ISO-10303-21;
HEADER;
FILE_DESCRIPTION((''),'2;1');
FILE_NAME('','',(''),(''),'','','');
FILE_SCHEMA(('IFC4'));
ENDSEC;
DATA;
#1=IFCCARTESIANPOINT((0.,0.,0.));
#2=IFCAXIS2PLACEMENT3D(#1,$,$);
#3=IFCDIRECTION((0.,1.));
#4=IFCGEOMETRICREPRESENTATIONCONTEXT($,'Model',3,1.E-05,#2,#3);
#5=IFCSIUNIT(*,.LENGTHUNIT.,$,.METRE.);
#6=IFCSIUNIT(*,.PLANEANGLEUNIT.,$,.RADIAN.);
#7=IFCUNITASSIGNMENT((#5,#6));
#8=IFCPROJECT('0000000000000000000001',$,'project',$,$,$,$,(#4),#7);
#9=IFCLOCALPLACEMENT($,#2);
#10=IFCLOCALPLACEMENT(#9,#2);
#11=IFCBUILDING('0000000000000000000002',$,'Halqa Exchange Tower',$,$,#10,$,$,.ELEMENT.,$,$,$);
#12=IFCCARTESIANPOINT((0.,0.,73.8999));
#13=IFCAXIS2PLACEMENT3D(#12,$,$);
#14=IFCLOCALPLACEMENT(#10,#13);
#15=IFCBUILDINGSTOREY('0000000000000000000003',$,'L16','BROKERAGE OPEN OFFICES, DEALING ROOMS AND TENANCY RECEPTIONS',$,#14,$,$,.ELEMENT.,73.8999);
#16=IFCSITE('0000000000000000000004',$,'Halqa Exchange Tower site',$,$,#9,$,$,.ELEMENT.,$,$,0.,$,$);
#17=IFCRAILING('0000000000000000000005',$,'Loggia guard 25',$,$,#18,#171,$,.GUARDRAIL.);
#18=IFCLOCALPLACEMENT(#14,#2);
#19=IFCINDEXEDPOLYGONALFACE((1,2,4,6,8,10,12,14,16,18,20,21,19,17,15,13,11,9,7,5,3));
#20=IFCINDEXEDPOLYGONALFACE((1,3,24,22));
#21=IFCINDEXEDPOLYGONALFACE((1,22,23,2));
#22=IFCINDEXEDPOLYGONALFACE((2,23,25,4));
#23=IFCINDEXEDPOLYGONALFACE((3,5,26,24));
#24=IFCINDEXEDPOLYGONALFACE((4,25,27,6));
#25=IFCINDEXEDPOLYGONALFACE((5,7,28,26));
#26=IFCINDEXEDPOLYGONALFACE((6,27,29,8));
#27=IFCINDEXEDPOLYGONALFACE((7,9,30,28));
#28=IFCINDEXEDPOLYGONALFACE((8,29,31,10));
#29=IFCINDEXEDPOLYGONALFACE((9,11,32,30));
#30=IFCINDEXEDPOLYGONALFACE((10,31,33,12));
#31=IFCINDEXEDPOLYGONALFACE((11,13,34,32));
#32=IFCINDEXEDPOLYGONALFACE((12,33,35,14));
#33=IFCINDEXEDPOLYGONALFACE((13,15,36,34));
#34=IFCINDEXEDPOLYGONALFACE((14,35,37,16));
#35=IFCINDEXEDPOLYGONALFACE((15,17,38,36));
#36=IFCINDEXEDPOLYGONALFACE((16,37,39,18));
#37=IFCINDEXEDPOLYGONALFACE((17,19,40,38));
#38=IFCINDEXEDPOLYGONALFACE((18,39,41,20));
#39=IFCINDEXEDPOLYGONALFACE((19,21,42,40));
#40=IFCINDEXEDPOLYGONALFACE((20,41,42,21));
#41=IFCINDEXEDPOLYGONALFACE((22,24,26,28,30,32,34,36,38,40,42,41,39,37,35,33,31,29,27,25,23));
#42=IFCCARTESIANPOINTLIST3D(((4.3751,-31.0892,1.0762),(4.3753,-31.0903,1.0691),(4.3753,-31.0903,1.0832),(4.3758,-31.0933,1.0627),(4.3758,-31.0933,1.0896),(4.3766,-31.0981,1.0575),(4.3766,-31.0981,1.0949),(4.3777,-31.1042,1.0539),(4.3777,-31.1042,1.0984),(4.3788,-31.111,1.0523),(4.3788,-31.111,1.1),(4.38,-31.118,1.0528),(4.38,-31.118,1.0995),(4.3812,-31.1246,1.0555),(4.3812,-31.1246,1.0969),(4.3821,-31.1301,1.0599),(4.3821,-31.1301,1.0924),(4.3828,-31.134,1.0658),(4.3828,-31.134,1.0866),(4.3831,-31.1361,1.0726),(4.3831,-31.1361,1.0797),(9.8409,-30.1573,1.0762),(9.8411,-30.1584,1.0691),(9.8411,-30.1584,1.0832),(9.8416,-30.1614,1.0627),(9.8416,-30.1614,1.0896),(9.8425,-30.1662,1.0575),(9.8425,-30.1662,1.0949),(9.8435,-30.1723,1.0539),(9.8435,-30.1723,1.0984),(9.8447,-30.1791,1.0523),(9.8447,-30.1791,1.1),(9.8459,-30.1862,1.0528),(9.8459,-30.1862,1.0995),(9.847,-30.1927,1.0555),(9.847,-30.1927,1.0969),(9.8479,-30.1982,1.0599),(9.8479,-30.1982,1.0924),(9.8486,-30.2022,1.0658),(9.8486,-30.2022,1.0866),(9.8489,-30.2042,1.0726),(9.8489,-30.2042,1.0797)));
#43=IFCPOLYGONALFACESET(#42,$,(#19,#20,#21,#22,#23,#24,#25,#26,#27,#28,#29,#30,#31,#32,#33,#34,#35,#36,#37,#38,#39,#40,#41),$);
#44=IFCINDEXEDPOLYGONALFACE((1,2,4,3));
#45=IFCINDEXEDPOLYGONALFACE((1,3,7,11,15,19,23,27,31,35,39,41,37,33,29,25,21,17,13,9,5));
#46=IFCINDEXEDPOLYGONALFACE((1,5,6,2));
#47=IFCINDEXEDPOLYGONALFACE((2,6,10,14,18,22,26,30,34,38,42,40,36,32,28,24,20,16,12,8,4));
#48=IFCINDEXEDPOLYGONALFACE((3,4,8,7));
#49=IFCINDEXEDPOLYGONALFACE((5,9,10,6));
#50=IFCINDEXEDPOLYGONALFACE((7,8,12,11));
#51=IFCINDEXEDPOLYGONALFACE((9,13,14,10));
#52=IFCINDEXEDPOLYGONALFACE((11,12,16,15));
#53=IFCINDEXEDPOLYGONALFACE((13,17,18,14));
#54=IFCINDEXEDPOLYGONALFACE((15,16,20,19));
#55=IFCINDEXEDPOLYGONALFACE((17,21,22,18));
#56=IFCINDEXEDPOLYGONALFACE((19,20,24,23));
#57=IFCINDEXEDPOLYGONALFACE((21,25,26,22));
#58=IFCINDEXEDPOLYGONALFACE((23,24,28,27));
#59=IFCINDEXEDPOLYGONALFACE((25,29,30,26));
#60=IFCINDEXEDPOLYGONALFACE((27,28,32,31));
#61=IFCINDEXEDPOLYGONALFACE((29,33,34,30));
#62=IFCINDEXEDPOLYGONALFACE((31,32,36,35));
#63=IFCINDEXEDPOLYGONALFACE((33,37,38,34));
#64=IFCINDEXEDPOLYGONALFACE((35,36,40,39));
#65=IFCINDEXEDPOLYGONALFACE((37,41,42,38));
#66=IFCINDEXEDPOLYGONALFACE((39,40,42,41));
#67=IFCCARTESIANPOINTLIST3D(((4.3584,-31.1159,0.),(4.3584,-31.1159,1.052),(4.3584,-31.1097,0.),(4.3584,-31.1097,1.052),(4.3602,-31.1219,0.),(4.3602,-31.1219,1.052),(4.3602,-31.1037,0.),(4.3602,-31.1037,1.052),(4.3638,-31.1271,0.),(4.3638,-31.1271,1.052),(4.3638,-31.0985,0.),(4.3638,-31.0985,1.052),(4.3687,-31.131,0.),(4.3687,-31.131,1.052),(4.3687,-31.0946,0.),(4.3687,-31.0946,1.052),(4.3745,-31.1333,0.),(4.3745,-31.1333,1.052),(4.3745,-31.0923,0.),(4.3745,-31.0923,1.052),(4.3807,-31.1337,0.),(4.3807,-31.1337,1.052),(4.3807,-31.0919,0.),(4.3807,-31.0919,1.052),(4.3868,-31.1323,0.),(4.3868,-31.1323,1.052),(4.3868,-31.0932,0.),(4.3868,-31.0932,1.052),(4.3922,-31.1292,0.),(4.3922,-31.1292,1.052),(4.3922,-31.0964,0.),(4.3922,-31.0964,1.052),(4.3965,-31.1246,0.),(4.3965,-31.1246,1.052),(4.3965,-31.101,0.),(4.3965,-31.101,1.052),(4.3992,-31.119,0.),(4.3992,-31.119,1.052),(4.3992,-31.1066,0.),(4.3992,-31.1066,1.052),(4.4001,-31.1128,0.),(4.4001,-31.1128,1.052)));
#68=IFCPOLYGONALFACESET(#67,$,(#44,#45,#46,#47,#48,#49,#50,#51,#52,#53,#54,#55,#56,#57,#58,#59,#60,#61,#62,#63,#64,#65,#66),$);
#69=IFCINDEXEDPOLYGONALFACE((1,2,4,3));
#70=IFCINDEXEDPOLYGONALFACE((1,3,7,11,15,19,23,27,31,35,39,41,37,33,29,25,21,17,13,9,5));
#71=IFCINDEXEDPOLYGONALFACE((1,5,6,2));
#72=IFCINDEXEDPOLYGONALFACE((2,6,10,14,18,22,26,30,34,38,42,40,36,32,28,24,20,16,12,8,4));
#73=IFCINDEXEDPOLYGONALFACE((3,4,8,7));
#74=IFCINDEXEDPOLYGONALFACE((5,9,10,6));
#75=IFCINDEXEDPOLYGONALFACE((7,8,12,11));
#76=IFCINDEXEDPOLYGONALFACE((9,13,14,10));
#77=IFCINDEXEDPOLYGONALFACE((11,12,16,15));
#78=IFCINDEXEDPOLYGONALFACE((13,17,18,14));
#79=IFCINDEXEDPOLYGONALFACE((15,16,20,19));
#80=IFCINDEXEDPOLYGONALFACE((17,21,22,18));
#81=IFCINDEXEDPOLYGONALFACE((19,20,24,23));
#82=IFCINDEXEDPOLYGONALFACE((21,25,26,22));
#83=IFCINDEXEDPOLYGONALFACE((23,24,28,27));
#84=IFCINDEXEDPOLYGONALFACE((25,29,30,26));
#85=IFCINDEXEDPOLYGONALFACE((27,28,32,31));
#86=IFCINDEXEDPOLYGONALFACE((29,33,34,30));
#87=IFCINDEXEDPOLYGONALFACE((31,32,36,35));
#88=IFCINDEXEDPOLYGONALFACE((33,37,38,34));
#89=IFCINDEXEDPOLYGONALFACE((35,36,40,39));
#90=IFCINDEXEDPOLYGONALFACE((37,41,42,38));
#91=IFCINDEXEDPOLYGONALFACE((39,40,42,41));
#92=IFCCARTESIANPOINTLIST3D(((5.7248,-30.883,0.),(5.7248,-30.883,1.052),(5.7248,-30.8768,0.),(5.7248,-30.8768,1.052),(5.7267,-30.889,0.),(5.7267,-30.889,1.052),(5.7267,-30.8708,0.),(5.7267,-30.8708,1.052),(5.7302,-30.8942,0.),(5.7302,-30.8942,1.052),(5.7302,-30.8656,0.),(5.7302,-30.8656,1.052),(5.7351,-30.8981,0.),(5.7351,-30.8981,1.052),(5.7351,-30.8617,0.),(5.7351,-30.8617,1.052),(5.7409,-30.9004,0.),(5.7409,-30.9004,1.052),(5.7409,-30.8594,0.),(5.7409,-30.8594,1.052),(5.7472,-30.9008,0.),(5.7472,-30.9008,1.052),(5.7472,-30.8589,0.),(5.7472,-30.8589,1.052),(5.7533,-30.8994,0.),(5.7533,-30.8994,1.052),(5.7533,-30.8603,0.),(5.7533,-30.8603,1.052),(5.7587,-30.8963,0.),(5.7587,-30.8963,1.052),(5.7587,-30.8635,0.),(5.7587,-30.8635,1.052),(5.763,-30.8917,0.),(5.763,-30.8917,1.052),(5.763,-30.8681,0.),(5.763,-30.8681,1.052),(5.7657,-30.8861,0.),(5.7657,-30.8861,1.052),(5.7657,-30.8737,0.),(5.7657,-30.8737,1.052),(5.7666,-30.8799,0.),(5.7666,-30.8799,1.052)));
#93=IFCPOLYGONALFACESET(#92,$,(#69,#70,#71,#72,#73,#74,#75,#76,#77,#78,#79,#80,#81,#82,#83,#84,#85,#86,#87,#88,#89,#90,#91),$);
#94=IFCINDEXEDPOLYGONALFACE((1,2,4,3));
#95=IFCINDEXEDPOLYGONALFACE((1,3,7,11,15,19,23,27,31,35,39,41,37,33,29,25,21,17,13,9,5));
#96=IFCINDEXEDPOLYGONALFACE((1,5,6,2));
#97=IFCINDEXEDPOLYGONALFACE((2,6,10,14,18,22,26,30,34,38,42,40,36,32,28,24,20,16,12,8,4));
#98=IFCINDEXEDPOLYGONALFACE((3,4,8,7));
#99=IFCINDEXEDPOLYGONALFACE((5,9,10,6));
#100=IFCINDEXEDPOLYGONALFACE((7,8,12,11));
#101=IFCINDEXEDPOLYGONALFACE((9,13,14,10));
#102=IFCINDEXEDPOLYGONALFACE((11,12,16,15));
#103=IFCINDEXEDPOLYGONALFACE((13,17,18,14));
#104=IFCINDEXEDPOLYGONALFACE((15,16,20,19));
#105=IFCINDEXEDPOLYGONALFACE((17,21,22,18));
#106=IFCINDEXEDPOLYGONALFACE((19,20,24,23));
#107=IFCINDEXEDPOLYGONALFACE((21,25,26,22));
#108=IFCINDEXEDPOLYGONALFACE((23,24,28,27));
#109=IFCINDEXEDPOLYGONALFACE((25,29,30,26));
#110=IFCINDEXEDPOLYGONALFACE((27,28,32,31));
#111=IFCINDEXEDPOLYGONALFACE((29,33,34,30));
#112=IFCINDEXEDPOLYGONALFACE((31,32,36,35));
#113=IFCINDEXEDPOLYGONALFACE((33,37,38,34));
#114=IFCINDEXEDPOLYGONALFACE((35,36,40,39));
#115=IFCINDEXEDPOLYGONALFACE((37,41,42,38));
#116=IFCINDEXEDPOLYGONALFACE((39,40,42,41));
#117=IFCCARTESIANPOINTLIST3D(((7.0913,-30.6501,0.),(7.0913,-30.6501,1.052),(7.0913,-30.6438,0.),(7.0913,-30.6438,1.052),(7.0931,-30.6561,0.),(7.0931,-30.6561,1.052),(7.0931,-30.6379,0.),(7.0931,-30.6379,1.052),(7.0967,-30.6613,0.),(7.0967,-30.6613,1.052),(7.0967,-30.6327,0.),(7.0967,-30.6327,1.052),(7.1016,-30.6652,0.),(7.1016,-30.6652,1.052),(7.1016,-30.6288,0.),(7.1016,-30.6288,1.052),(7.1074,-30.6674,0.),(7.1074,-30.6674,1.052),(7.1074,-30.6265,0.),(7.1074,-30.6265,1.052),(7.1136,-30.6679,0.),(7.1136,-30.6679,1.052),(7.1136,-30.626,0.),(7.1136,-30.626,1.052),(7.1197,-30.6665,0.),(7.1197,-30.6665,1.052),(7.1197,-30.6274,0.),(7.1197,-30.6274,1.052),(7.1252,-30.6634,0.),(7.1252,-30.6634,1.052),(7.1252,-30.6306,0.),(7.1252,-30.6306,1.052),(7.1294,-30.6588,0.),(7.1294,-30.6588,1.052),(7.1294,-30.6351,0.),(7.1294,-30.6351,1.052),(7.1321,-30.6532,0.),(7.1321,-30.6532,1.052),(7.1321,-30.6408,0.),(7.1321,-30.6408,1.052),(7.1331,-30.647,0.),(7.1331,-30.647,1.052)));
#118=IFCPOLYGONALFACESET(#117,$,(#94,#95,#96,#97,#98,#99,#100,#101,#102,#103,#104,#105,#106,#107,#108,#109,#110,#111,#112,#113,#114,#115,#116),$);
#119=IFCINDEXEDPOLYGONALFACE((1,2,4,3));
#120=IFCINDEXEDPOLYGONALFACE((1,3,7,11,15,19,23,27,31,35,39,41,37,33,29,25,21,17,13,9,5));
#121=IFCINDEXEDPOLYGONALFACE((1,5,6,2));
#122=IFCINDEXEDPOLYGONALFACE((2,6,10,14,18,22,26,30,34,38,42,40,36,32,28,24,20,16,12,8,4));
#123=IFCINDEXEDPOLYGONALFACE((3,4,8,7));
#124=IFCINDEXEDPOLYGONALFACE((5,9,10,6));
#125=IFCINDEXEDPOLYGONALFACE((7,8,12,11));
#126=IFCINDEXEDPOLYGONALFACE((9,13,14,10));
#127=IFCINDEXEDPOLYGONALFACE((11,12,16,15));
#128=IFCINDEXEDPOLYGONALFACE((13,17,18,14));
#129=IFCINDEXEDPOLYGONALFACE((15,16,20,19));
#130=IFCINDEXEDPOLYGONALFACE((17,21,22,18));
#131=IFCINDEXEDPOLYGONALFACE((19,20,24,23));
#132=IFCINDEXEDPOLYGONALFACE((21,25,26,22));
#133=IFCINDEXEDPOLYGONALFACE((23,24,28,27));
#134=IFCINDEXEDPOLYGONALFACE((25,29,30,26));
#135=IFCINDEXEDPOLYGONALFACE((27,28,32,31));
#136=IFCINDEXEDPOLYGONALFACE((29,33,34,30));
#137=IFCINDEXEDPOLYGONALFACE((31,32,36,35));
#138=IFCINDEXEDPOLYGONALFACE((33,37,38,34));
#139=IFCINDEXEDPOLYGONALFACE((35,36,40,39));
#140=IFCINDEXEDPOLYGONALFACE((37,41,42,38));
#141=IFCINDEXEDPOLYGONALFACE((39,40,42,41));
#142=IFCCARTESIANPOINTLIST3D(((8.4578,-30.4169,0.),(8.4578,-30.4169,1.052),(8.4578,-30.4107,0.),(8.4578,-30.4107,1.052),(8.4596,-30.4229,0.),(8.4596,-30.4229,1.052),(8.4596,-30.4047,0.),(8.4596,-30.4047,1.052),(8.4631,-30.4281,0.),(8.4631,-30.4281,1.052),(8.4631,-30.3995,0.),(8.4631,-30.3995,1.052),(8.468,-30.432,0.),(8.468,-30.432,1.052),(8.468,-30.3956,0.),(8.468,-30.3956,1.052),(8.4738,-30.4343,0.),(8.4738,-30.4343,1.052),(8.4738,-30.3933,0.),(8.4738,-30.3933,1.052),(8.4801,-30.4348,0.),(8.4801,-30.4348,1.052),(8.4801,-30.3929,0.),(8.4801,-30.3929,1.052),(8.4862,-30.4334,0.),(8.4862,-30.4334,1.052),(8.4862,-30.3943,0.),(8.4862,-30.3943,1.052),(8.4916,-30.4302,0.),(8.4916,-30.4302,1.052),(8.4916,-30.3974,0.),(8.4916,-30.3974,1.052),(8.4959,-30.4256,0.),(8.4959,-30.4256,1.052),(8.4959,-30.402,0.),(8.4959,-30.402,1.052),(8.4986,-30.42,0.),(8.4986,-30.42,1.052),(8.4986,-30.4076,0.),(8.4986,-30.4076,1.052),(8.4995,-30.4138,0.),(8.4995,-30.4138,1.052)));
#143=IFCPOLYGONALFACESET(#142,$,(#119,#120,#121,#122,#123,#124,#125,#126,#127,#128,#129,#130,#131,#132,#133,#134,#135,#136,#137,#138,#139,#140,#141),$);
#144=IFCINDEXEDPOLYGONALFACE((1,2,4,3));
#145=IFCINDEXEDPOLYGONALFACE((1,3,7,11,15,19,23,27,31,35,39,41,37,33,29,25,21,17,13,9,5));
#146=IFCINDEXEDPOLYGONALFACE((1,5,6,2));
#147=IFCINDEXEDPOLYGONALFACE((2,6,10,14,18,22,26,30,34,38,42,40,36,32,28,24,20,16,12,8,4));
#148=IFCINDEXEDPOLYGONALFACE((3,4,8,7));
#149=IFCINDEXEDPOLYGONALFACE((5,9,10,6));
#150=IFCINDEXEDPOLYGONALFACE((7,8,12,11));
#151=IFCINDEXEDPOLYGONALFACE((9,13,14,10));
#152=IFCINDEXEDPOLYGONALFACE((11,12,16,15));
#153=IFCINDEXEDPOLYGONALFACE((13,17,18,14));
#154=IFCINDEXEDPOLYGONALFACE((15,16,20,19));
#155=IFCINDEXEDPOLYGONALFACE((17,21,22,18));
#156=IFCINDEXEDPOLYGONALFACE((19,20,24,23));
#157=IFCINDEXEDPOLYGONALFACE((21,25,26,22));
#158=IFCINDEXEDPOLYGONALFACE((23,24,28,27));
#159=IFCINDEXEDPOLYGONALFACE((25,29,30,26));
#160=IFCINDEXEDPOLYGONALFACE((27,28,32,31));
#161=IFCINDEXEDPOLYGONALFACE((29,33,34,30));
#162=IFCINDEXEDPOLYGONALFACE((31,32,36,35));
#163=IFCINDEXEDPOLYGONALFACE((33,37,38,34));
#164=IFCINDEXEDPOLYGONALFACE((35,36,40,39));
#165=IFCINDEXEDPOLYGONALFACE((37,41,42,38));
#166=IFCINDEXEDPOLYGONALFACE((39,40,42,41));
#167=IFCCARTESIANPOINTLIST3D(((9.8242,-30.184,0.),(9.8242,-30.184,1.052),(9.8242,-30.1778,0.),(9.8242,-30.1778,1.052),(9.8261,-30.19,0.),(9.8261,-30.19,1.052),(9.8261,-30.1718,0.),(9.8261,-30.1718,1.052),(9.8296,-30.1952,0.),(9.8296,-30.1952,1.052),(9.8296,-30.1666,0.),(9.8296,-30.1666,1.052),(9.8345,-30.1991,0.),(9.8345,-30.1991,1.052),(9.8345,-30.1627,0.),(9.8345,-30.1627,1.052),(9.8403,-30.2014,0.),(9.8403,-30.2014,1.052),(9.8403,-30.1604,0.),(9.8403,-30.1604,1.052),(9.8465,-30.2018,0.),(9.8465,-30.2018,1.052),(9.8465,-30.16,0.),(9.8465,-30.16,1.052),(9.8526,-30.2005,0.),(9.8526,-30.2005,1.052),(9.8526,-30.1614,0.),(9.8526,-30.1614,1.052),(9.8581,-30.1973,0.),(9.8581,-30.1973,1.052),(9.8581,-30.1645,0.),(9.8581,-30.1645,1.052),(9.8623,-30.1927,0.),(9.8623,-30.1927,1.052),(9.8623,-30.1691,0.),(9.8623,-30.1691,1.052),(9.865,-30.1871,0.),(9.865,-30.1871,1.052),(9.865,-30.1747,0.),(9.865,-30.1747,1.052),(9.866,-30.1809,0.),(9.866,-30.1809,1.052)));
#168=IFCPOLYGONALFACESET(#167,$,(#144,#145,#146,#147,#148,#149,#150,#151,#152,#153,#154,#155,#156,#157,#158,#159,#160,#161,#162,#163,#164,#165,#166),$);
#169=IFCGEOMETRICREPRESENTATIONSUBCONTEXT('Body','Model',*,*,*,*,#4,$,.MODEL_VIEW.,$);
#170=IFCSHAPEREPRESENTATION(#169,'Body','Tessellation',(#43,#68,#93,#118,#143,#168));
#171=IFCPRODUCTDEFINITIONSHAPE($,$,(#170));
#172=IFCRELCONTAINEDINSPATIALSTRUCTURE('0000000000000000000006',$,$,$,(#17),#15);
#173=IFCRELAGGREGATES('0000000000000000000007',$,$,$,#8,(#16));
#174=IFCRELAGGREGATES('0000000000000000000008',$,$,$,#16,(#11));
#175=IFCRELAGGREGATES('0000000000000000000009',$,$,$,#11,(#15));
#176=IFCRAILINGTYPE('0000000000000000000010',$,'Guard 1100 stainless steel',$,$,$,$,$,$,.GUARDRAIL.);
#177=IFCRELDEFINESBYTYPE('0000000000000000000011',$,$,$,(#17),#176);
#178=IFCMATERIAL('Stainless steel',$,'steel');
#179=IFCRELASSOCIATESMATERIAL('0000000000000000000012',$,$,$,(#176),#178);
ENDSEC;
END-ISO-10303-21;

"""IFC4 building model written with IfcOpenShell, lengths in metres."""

from ifc_helpers import new_model, si_unit, direction, frame, origin, origin_2d, place, context, subcontext, project, spatial, circle, extrude, material, type_object, element, save


model = new_model("IFC4")

# Units and contexts
model_context = context("Model", 3, precision=1e-05, world=origin(), true_north=direction((0.0, 1.0)))
body_context = subcontext(model_context, "Body", "Model", "MODEL_VIEW")
ifc_project = project(units=[si_unit("LENGTHUNIT", "METRE"), si_unit("PLANEANGLEUNIT", "RADIAN")], contexts=[model_context])

# Site, building, storey
site_placement = place(None, origin())
site = spatial("IfcSite", under=ifc_project, at=site_placement, Name="Halqa Exchange Tower site", CompositionType="ELEMENT", RefElevation=0.0)
building_placement = place(site_placement, origin())
building = spatial("IfcBuilding", under=site, at=building_placement, Name="Halqa Exchange Tower", CompositionType="ELEMENT")
storey_placement = place(building_placement, frame((0.0, 0.0, 73.8999)))
storey = spatial("IfcBuildingStorey", under=building, at=storey_placement, Name="L16", Description="BROKERAGE OPEN OFFICES, DEALING ROOMS AND TENANCY RECEPTIONS", CompositionType="ELEMENT", Elevation=73.8999)

# Railing
ifc_material_1 = material(Name="Stainless steel", Category="steel")
railing_type = type_object("IfcRailingType", Name="Guard 1100 stainless steel", PredefinedType="GUARDRAIL", material=ifc_material_1)
railing_1_placement = place(storey_placement, frame((4.3792, -31.1128, 0.0)))
element("IfcRailing", 1, at=railing_1_placement, inside=storey, type_object=railing_type, Name="Loggia guard 25", PredefinedType="GUARDRAIL", context=body_context, shape_type="SweptSolid", body=[
    extrude(circle(Radius=0.0239, at=origin_2d()), frame((0.0, 0.0, 1.0762), z_axis=(0.985775, 0.168068, 0.0), x_axis=(-0.168068, 0.985775, 0.0)), (0.0, 0.0, 1.0), 5.5447),
    extrude(circle(Radius=0.021, at=origin_2d()), origin(), (0.0, 0.0, 1.0), 1.052),
    extrude(circle(Radius=0.021, at=origin_2d()), frame((1.3665, 0.2329, 0.0)), (0.0, 0.0, 1.0), 1.052),
    extrude(circle(Radius=0.021, at=origin_2d()), frame((2.7329, 0.4658, 0.0)), (0.0, 0.0, 1.0), 1.052),
    extrude(circle(Radius=0.021, at=origin_2d()), frame((4.0994, 0.699, 0.0)), (0.0, 0.0, 1.0), 1.052),
    extrude(circle(Radius=0.021, at=origin_2d()), frame((5.4658, 0.9319, 0.0)), (0.0, 0.0, 1.0), 1.052),
])

save(model, "model.ifc")
